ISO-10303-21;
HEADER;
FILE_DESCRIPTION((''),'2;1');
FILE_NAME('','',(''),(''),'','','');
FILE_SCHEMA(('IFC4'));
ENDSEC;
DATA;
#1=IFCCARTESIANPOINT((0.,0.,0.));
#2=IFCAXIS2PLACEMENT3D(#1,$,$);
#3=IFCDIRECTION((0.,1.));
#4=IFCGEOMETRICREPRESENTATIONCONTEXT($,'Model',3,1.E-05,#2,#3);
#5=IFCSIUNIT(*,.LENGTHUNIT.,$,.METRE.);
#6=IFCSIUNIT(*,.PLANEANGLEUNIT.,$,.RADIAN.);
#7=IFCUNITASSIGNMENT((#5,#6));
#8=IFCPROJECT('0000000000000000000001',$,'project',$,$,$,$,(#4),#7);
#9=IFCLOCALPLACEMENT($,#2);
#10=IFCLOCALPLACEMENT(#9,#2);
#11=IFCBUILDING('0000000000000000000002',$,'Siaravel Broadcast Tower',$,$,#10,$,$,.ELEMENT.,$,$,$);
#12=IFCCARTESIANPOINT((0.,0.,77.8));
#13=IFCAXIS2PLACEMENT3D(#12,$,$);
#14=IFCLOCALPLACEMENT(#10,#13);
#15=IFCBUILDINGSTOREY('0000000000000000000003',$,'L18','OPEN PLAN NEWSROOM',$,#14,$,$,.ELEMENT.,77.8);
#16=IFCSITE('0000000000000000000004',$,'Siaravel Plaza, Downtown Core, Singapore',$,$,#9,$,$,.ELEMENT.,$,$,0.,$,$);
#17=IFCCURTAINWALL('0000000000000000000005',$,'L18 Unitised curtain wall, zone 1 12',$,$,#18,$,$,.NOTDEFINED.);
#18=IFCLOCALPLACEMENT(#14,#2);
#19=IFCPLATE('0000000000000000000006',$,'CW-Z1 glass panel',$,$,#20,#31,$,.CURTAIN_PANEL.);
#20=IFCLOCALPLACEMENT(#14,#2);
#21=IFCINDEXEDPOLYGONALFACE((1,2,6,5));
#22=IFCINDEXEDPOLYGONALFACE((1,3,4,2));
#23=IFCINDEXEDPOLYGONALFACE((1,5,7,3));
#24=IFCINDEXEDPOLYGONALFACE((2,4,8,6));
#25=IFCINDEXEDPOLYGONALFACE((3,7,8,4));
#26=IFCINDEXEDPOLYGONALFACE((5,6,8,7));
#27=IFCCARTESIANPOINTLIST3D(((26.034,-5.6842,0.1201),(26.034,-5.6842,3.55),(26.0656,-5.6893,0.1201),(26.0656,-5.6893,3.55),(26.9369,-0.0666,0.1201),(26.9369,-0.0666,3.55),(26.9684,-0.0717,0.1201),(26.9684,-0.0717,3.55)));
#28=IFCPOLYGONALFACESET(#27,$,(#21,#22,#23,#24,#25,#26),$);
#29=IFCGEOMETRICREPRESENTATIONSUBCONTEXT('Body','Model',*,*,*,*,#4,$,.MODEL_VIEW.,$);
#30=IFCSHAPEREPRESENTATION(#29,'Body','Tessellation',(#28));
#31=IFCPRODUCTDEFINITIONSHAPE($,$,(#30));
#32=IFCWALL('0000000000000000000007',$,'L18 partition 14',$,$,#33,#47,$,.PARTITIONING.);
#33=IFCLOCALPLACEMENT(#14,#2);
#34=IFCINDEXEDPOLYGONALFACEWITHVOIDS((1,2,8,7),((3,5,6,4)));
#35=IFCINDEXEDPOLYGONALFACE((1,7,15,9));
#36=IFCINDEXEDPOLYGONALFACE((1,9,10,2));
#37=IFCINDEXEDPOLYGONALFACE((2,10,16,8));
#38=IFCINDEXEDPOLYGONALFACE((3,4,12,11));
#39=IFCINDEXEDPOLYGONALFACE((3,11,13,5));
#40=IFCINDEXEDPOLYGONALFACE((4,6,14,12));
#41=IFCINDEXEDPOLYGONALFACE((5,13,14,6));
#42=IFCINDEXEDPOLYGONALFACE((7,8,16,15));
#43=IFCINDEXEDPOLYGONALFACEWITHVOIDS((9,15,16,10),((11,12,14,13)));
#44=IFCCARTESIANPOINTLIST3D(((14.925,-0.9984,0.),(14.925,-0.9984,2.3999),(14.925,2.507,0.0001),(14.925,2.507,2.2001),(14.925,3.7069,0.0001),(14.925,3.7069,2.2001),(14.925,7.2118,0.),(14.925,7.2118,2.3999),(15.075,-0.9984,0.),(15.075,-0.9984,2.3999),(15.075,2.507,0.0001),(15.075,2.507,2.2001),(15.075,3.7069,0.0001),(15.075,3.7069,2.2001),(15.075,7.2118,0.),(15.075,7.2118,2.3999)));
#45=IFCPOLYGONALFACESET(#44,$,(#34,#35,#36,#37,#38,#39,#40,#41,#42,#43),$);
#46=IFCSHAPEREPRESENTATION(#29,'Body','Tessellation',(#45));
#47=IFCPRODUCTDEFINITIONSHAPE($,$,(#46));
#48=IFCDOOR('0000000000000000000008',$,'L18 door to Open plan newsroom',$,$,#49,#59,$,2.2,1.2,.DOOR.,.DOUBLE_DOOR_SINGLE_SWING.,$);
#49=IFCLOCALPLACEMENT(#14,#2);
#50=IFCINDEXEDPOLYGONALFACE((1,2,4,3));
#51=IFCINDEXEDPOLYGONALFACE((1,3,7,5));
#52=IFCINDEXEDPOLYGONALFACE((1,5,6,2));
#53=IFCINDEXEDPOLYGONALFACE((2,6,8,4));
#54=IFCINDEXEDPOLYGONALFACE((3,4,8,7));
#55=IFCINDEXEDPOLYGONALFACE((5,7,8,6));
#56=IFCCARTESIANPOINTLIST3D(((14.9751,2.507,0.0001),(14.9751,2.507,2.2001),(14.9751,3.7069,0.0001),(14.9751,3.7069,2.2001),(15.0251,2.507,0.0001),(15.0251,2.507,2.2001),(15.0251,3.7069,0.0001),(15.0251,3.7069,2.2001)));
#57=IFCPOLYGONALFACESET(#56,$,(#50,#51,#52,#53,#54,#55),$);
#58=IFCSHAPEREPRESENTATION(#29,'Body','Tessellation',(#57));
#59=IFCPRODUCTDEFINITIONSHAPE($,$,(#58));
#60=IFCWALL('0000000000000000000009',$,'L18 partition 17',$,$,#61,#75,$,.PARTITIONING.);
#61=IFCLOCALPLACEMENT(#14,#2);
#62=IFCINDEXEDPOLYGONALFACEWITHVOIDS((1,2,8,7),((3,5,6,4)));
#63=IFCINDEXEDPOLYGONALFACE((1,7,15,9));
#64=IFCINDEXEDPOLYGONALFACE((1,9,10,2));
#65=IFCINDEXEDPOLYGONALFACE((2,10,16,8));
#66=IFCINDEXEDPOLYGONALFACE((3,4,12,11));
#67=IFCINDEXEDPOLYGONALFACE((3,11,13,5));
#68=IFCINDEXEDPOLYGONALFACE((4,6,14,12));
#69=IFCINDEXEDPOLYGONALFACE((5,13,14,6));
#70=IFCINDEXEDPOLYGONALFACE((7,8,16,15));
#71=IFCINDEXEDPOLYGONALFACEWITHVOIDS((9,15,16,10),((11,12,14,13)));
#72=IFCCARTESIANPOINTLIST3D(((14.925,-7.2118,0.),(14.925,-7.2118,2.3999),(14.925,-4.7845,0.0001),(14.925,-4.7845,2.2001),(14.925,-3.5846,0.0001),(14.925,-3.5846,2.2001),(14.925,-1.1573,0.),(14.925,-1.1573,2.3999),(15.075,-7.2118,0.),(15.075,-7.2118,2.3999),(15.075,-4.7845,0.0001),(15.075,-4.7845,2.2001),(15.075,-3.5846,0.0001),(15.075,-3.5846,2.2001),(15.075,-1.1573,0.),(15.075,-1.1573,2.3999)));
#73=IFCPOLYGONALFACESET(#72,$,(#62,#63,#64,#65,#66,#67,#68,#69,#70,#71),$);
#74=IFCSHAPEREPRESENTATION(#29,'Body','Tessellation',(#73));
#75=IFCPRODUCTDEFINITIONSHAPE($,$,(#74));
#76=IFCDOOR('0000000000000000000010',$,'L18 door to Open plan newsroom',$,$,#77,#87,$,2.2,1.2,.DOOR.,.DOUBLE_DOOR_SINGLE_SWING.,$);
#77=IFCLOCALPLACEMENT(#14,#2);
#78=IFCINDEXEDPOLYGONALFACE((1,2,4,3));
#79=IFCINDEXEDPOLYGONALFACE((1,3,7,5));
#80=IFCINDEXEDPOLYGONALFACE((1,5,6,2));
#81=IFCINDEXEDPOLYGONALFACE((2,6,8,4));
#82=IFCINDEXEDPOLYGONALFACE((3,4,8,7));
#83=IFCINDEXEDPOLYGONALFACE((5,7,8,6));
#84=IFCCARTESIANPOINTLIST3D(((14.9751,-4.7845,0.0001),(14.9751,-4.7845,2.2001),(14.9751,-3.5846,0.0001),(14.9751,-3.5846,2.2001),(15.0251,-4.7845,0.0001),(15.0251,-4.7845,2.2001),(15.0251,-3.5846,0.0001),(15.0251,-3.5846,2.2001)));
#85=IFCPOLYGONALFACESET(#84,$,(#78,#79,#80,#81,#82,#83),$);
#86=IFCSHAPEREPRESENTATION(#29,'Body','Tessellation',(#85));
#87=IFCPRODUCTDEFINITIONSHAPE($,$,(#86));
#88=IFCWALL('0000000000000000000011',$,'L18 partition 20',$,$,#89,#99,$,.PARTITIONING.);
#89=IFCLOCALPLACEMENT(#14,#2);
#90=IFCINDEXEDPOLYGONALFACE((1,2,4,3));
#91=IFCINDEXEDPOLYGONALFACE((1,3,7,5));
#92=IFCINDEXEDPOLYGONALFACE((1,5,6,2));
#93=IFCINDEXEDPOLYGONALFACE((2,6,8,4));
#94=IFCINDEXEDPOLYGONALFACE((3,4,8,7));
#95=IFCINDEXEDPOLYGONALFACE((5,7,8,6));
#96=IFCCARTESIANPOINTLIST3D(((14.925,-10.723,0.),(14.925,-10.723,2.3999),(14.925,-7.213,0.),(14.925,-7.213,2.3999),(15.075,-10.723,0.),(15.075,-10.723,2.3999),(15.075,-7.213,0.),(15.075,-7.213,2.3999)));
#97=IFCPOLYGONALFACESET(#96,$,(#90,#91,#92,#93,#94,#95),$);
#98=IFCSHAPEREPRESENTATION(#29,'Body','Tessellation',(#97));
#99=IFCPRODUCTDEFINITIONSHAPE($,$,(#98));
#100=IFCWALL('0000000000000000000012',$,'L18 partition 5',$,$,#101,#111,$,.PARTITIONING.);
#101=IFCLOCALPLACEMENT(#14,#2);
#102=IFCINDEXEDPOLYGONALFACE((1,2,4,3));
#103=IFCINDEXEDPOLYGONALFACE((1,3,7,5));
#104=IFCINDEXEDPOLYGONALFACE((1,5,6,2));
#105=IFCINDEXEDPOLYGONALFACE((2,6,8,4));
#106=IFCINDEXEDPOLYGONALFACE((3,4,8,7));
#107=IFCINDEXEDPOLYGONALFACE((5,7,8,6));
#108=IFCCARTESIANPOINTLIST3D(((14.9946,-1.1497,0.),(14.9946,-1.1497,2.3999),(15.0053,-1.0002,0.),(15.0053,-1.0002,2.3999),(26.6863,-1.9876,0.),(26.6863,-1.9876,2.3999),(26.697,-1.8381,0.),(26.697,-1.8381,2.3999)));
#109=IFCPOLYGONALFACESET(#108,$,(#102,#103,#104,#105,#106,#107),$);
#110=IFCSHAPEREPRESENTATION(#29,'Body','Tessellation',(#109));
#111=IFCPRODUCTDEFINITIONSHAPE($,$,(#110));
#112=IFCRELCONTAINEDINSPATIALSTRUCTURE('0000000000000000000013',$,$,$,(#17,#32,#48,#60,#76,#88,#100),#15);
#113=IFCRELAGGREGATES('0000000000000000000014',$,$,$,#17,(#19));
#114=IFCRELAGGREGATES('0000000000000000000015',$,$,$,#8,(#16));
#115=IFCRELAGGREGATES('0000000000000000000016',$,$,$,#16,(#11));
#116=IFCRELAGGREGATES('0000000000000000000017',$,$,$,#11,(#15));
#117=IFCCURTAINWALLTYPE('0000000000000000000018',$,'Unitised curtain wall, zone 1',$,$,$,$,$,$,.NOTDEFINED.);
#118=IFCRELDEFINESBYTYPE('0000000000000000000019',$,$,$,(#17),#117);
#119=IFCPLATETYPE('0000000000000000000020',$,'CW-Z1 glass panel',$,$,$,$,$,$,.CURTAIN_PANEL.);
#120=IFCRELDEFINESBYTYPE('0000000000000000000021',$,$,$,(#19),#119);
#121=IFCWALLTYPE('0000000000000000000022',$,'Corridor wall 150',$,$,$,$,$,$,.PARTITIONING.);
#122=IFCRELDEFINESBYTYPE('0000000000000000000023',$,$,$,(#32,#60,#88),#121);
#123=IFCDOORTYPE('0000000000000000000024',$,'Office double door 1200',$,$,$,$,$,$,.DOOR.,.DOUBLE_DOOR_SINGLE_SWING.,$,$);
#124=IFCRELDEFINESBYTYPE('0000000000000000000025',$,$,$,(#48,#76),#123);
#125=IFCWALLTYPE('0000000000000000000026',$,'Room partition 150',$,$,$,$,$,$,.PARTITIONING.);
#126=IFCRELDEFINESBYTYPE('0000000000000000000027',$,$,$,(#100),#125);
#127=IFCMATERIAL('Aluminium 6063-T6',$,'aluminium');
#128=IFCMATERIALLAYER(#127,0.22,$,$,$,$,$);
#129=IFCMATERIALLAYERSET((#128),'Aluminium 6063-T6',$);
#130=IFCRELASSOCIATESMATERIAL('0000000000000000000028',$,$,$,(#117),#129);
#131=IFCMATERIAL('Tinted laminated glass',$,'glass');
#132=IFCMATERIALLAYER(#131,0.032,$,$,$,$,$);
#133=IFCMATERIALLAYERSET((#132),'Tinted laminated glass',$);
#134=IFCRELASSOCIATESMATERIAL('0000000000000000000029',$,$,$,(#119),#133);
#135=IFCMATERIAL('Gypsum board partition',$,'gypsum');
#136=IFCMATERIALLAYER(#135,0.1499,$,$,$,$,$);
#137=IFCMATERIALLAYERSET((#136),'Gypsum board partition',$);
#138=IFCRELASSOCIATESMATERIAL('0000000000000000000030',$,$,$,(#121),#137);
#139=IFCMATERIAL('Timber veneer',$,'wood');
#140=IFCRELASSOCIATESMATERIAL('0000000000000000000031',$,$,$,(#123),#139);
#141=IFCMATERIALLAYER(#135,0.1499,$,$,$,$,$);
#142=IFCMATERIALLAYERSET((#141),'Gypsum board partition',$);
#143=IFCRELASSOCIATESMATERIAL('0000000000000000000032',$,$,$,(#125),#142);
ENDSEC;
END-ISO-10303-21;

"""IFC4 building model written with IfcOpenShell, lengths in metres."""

from ifc_helpers import new_model, si_unit, direction, frame, frame_2d, origin, origin_2d, place, context, subcontext, project, spatial, rectangle, extrude, material, layer, layer_set, type_object, element, fill, aggregate, save


model = new_model("IFC4")

# Units and contexts
model_context = context("Model", 3, precision=1e-05, world=origin(), true_north=direction((0.0, 1.0)))
body_context = subcontext(model_context, "Body", "Model", "MODEL_VIEW")
ifc_project = project(units=[si_unit("LENGTHUNIT", "METRE"), si_unit("PLANEANGLEUNIT", "RADIAN")], contexts=[model_context])

# Site, building, storey
site_placement = place(None, origin())
site = spatial("IfcSite", under=ifc_project, at=site_placement, Name="Siaravel Plaza, Downtown Core, Singapore", CompositionType="ELEMENT", RefElevation=0.0)
building_placement = place(site_placement, origin())
building = spatial("IfcBuilding", under=site, at=building_placement, Name="Siaravel Broadcast Tower", CompositionType="ELEMENT")
storey_placement = place(building_placement, frame((0.0, 0.0, 77.8)))
storey = spatial("IfcBuildingStorey", under=building, at=storey_placement, Name="L18", Description="OPEN PLAN NEWSROOM", CompositionType="ELEMENT", Elevation=77.8)

# Shared definitions
ifc_material_1 = material(Name="Aluminium 6063-T6", Category="aluminium")
ifc_layer_1 = layer(ifc_material_1, 0.22)
ifc_layer_set_1 = layer_set([ifc_layer_1], Name="Aluminium 6063-T6")
curtain_wall_type = type_object("IfcCurtainWallType", Name="Unitised curtain wall, zone 1", PredefinedType="NOTDEFINED", material=ifc_layer_set_1)

# Curtain wall
curtain_wall_1_placement = place(storey_placement, origin())
curtain_wall_1 = element("IfcCurtainWall", 1, at=curtain_wall_1_placement, inside=storey, type_object=curtain_wall_type, Name="L18 Unitised curtain wall, zone 1 12", PredefinedType="NOTDEFINED")

# Plate
ifc_material_2 = material(Name="Tinted laminated glass", Category="glass")
ifc_layer_2 = layer(ifc_material_2, 0.032)
ifc_layer_set_2 = layer_set([ifc_layer_2], Name="Tinted laminated glass")
plate_type = type_object("IfcPlateType", Name="CW-Z1 glass panel", PredefinedType="CURTAIN_PANEL", material=ifc_layer_set_2)
plate_1_placement = place(storey_placement, frame((26.5012, -2.8779, 0.1201), z_axis=(0.0, 0.0, 1.0), x_axis=(0.158685, 0.987329, 0.0)))
plate_1 = element("IfcPlate", 2, at=plate_1_placement, type_object=plate_type, Name="CW-Z1 glass panel", PredefinedType="CURTAIN_PANEL", context=body_context, shape_type="SweptSolid", body=[
    extrude(rectangle(XDim=5.6897, YDim=0.032, at=origin_2d()), origin(), (0.0, 0.0, 1.0), 3.4299),
])
aggregate(curtain_wall_1, [plate_1])

# Walls, openings, doors
ifc_material_3 = material(Name="Gypsum board partition", Category="gypsum")
ifc_layer_3 = layer(ifc_material_3, 0.1499)
ifc_layer_set_3 = layer_set([ifc_layer_3], Name="Gypsum board partition")
wall_type_1 = type_object("IfcWallType", Name="Corridor wall 150", PredefinedType="PARTITIONING", material=ifc_layer_set_3)
wall_1_placement = place(storey_placement, frame((15.0, -0.9983, 0.0), z_axis=(0.0, 0.0, 1.0), x_axis=(0.0, 1.0, 0.0)))
wall_1 = element("IfcWall", 3, at=wall_1_placement, inside=storey, type_object=wall_type_1, Name="L18 partition 14", PredefinedType="PARTITIONING", context=body_context, shape_type="SweptSolid", body=[
    extrude(rectangle(XDim=8.2102, YDim=0.1499, at=frame_2d((4.105, 0.0))), origin(), (0.0, 0.0, 1.0), 2.3999),
])
opening_1_placement = place(wall_1_placement, frame((3.5051, 0.0, 0.0)))
opening_1 = element("IfcOpeningElement", 4, at=opening_1_placement, cuts=wall_1, PredefinedType="OPENING", context=body_context, shape_type="SweptSolid", body=[
    extrude(rectangle(XDim=1.2, YDim=2.2, at=frame_2d((0.6001, 1.1001))), frame((0.0, 0.085, 0.0), z_axis=(0.0, -1.0, 0.0), x_axis=(1.0, 0.0, 0.0)), (0.0, 0.0, 1.0), 0.1699),
])
ifc_material_4 = material(Name="Timber veneer", Category="wood")
door_type = type_object("IfcDoorType", Name="Office double door 1200", OperationType="DOUBLE_DOOR_SINGLE_SWING", PredefinedType="DOOR", material=ifc_material_4)
door_1_placement = place(opening_1_placement, origin())
door_1 = element("IfcDoor", 5, at=door_1_placement, inside=storey, type_object=door_type, Name="L18 door to Open plan newsroom", OperationType="DOUBLE_DOOR_SINGLE_SWING", OverallHeight=2.2, OverallWidth=1.2, PredefinedType="DOOR", context=body_context, shape_type="SweptSolid", body=[
    extrude(rectangle(XDim=1.2, YDim=2.2, at=frame_2d((0.6001, 1.1001))), frame((0.0, 0.0249, 0.0), z_axis=(0.0, -1.0, 0.0), x_axis=(1.0, 0.0, 0.0)), (0.0, 0.0, 1.0), 0.05),
])
fill(opening_1, door_1)
wall_2_placement = place(storey_placement, frame((15.0, -7.2119, 0.0), z_axis=(0.0, 0.0, 1.0), x_axis=(0.0, 1.0, 0.0)))
wall_2 = element("IfcWall", 6, at=wall_2_placement, inside=storey, type_object=wall_type_1, Name="L18 partition 17", PredefinedType="PARTITIONING", context=body_context, shape_type="SweptSolid", body=[
    extrude(rectangle(XDim=6.0544, YDim=0.1499, at=frame_2d((3.0273, 0.0))), origin(), (0.0, 0.0, 1.0), 2.3999),
])
opening_2_placement = place(wall_2_placement, frame((2.4272, 0.0, 0.0)))
opening_2 = element("IfcOpeningElement", 7, at=opening_2_placement, cuts=wall_2, PredefinedType="OPENING", context=body_context, shape_type="SweptSolid", body=[
    extrude(rectangle(XDim=1.2, YDim=2.2, at=frame_2d((0.6001, 1.1001))), frame((0.0, 0.085, 0.0), z_axis=(0.0, -1.0, 0.0), x_axis=(1.0, 0.0, 0.0)), (0.0, 0.0, 1.0), 0.1699),
])
door_2_placement = place(opening_2_placement, origin())
door_2 = element("IfcDoor", 8, at=door_2_placement, inside=storey, type_object=door_type, Name="L18 door to Open plan newsroom", OperationType="DOUBLE_DOOR_SINGLE_SWING", OverallHeight=2.2, OverallWidth=1.2, PredefinedType="DOOR", context=body_context, shape_type="SweptSolid", body=[
    extrude(rectangle(XDim=1.2, YDim=2.2, at=frame_2d((0.6001, 1.1001))), frame((0.0, 0.0249, 0.0), z_axis=(0.0, -1.0, 0.0), x_axis=(1.0, 0.0, 0.0)), (0.0, 0.0, 1.0), 0.05),
])
fill(opening_2, door_2)

# Walls
wall_3_placement = place(storey_placement, frame((15.0, -10.7229, 0.0), z_axis=(0.0, 0.0, 1.0), x_axis=(0.0, 1.0, 0.0)))
element("IfcWall", 9, at=wall_3_placement, inside=storey, type_object=wall_type_1, Name="L18 partition 20", PredefinedType="PARTITIONING", context=body_context, shape_type="SweptSolid", body=[
    extrude(rectangle(XDim=3.51, YDim=0.1499, at=frame_2d((1.7549, 0.0))), origin(), (0.0, 0.0, 1.0), 2.3999),
])
ifc_layer_4 = layer(ifc_material_3, 0.1499)
ifc_layer_set_4 = layer_set([ifc_layer_4], Name="Gypsum board partition")
wall_type_2 = type_object("IfcWallType", Name="Room partition 150", PredefinedType="PARTITIONING", material=ifc_layer_set_4)
wall_4_placement = place(storey_placement, frame((26.6917, -1.9128, 0.0), z_axis=(0.0, 0.0, 1.0), x_axis=(-0.997442, 0.071482, 0.0)))
element("IfcWall", 10, at=wall_4_placement, inside=storey, type_object=wall_type_2, Name="L18 partition 5", PredefinedType="PARTITIONING", context=body_context, shape_type="SweptSolid", body=[
    extrude(rectangle(XDim=11.7217, YDim=0.1499, at=frame_2d((5.8608, 0.0))), origin(), (0.0, 0.0, 1.0), 2.3999),
])

save(model, "model.ifc")
